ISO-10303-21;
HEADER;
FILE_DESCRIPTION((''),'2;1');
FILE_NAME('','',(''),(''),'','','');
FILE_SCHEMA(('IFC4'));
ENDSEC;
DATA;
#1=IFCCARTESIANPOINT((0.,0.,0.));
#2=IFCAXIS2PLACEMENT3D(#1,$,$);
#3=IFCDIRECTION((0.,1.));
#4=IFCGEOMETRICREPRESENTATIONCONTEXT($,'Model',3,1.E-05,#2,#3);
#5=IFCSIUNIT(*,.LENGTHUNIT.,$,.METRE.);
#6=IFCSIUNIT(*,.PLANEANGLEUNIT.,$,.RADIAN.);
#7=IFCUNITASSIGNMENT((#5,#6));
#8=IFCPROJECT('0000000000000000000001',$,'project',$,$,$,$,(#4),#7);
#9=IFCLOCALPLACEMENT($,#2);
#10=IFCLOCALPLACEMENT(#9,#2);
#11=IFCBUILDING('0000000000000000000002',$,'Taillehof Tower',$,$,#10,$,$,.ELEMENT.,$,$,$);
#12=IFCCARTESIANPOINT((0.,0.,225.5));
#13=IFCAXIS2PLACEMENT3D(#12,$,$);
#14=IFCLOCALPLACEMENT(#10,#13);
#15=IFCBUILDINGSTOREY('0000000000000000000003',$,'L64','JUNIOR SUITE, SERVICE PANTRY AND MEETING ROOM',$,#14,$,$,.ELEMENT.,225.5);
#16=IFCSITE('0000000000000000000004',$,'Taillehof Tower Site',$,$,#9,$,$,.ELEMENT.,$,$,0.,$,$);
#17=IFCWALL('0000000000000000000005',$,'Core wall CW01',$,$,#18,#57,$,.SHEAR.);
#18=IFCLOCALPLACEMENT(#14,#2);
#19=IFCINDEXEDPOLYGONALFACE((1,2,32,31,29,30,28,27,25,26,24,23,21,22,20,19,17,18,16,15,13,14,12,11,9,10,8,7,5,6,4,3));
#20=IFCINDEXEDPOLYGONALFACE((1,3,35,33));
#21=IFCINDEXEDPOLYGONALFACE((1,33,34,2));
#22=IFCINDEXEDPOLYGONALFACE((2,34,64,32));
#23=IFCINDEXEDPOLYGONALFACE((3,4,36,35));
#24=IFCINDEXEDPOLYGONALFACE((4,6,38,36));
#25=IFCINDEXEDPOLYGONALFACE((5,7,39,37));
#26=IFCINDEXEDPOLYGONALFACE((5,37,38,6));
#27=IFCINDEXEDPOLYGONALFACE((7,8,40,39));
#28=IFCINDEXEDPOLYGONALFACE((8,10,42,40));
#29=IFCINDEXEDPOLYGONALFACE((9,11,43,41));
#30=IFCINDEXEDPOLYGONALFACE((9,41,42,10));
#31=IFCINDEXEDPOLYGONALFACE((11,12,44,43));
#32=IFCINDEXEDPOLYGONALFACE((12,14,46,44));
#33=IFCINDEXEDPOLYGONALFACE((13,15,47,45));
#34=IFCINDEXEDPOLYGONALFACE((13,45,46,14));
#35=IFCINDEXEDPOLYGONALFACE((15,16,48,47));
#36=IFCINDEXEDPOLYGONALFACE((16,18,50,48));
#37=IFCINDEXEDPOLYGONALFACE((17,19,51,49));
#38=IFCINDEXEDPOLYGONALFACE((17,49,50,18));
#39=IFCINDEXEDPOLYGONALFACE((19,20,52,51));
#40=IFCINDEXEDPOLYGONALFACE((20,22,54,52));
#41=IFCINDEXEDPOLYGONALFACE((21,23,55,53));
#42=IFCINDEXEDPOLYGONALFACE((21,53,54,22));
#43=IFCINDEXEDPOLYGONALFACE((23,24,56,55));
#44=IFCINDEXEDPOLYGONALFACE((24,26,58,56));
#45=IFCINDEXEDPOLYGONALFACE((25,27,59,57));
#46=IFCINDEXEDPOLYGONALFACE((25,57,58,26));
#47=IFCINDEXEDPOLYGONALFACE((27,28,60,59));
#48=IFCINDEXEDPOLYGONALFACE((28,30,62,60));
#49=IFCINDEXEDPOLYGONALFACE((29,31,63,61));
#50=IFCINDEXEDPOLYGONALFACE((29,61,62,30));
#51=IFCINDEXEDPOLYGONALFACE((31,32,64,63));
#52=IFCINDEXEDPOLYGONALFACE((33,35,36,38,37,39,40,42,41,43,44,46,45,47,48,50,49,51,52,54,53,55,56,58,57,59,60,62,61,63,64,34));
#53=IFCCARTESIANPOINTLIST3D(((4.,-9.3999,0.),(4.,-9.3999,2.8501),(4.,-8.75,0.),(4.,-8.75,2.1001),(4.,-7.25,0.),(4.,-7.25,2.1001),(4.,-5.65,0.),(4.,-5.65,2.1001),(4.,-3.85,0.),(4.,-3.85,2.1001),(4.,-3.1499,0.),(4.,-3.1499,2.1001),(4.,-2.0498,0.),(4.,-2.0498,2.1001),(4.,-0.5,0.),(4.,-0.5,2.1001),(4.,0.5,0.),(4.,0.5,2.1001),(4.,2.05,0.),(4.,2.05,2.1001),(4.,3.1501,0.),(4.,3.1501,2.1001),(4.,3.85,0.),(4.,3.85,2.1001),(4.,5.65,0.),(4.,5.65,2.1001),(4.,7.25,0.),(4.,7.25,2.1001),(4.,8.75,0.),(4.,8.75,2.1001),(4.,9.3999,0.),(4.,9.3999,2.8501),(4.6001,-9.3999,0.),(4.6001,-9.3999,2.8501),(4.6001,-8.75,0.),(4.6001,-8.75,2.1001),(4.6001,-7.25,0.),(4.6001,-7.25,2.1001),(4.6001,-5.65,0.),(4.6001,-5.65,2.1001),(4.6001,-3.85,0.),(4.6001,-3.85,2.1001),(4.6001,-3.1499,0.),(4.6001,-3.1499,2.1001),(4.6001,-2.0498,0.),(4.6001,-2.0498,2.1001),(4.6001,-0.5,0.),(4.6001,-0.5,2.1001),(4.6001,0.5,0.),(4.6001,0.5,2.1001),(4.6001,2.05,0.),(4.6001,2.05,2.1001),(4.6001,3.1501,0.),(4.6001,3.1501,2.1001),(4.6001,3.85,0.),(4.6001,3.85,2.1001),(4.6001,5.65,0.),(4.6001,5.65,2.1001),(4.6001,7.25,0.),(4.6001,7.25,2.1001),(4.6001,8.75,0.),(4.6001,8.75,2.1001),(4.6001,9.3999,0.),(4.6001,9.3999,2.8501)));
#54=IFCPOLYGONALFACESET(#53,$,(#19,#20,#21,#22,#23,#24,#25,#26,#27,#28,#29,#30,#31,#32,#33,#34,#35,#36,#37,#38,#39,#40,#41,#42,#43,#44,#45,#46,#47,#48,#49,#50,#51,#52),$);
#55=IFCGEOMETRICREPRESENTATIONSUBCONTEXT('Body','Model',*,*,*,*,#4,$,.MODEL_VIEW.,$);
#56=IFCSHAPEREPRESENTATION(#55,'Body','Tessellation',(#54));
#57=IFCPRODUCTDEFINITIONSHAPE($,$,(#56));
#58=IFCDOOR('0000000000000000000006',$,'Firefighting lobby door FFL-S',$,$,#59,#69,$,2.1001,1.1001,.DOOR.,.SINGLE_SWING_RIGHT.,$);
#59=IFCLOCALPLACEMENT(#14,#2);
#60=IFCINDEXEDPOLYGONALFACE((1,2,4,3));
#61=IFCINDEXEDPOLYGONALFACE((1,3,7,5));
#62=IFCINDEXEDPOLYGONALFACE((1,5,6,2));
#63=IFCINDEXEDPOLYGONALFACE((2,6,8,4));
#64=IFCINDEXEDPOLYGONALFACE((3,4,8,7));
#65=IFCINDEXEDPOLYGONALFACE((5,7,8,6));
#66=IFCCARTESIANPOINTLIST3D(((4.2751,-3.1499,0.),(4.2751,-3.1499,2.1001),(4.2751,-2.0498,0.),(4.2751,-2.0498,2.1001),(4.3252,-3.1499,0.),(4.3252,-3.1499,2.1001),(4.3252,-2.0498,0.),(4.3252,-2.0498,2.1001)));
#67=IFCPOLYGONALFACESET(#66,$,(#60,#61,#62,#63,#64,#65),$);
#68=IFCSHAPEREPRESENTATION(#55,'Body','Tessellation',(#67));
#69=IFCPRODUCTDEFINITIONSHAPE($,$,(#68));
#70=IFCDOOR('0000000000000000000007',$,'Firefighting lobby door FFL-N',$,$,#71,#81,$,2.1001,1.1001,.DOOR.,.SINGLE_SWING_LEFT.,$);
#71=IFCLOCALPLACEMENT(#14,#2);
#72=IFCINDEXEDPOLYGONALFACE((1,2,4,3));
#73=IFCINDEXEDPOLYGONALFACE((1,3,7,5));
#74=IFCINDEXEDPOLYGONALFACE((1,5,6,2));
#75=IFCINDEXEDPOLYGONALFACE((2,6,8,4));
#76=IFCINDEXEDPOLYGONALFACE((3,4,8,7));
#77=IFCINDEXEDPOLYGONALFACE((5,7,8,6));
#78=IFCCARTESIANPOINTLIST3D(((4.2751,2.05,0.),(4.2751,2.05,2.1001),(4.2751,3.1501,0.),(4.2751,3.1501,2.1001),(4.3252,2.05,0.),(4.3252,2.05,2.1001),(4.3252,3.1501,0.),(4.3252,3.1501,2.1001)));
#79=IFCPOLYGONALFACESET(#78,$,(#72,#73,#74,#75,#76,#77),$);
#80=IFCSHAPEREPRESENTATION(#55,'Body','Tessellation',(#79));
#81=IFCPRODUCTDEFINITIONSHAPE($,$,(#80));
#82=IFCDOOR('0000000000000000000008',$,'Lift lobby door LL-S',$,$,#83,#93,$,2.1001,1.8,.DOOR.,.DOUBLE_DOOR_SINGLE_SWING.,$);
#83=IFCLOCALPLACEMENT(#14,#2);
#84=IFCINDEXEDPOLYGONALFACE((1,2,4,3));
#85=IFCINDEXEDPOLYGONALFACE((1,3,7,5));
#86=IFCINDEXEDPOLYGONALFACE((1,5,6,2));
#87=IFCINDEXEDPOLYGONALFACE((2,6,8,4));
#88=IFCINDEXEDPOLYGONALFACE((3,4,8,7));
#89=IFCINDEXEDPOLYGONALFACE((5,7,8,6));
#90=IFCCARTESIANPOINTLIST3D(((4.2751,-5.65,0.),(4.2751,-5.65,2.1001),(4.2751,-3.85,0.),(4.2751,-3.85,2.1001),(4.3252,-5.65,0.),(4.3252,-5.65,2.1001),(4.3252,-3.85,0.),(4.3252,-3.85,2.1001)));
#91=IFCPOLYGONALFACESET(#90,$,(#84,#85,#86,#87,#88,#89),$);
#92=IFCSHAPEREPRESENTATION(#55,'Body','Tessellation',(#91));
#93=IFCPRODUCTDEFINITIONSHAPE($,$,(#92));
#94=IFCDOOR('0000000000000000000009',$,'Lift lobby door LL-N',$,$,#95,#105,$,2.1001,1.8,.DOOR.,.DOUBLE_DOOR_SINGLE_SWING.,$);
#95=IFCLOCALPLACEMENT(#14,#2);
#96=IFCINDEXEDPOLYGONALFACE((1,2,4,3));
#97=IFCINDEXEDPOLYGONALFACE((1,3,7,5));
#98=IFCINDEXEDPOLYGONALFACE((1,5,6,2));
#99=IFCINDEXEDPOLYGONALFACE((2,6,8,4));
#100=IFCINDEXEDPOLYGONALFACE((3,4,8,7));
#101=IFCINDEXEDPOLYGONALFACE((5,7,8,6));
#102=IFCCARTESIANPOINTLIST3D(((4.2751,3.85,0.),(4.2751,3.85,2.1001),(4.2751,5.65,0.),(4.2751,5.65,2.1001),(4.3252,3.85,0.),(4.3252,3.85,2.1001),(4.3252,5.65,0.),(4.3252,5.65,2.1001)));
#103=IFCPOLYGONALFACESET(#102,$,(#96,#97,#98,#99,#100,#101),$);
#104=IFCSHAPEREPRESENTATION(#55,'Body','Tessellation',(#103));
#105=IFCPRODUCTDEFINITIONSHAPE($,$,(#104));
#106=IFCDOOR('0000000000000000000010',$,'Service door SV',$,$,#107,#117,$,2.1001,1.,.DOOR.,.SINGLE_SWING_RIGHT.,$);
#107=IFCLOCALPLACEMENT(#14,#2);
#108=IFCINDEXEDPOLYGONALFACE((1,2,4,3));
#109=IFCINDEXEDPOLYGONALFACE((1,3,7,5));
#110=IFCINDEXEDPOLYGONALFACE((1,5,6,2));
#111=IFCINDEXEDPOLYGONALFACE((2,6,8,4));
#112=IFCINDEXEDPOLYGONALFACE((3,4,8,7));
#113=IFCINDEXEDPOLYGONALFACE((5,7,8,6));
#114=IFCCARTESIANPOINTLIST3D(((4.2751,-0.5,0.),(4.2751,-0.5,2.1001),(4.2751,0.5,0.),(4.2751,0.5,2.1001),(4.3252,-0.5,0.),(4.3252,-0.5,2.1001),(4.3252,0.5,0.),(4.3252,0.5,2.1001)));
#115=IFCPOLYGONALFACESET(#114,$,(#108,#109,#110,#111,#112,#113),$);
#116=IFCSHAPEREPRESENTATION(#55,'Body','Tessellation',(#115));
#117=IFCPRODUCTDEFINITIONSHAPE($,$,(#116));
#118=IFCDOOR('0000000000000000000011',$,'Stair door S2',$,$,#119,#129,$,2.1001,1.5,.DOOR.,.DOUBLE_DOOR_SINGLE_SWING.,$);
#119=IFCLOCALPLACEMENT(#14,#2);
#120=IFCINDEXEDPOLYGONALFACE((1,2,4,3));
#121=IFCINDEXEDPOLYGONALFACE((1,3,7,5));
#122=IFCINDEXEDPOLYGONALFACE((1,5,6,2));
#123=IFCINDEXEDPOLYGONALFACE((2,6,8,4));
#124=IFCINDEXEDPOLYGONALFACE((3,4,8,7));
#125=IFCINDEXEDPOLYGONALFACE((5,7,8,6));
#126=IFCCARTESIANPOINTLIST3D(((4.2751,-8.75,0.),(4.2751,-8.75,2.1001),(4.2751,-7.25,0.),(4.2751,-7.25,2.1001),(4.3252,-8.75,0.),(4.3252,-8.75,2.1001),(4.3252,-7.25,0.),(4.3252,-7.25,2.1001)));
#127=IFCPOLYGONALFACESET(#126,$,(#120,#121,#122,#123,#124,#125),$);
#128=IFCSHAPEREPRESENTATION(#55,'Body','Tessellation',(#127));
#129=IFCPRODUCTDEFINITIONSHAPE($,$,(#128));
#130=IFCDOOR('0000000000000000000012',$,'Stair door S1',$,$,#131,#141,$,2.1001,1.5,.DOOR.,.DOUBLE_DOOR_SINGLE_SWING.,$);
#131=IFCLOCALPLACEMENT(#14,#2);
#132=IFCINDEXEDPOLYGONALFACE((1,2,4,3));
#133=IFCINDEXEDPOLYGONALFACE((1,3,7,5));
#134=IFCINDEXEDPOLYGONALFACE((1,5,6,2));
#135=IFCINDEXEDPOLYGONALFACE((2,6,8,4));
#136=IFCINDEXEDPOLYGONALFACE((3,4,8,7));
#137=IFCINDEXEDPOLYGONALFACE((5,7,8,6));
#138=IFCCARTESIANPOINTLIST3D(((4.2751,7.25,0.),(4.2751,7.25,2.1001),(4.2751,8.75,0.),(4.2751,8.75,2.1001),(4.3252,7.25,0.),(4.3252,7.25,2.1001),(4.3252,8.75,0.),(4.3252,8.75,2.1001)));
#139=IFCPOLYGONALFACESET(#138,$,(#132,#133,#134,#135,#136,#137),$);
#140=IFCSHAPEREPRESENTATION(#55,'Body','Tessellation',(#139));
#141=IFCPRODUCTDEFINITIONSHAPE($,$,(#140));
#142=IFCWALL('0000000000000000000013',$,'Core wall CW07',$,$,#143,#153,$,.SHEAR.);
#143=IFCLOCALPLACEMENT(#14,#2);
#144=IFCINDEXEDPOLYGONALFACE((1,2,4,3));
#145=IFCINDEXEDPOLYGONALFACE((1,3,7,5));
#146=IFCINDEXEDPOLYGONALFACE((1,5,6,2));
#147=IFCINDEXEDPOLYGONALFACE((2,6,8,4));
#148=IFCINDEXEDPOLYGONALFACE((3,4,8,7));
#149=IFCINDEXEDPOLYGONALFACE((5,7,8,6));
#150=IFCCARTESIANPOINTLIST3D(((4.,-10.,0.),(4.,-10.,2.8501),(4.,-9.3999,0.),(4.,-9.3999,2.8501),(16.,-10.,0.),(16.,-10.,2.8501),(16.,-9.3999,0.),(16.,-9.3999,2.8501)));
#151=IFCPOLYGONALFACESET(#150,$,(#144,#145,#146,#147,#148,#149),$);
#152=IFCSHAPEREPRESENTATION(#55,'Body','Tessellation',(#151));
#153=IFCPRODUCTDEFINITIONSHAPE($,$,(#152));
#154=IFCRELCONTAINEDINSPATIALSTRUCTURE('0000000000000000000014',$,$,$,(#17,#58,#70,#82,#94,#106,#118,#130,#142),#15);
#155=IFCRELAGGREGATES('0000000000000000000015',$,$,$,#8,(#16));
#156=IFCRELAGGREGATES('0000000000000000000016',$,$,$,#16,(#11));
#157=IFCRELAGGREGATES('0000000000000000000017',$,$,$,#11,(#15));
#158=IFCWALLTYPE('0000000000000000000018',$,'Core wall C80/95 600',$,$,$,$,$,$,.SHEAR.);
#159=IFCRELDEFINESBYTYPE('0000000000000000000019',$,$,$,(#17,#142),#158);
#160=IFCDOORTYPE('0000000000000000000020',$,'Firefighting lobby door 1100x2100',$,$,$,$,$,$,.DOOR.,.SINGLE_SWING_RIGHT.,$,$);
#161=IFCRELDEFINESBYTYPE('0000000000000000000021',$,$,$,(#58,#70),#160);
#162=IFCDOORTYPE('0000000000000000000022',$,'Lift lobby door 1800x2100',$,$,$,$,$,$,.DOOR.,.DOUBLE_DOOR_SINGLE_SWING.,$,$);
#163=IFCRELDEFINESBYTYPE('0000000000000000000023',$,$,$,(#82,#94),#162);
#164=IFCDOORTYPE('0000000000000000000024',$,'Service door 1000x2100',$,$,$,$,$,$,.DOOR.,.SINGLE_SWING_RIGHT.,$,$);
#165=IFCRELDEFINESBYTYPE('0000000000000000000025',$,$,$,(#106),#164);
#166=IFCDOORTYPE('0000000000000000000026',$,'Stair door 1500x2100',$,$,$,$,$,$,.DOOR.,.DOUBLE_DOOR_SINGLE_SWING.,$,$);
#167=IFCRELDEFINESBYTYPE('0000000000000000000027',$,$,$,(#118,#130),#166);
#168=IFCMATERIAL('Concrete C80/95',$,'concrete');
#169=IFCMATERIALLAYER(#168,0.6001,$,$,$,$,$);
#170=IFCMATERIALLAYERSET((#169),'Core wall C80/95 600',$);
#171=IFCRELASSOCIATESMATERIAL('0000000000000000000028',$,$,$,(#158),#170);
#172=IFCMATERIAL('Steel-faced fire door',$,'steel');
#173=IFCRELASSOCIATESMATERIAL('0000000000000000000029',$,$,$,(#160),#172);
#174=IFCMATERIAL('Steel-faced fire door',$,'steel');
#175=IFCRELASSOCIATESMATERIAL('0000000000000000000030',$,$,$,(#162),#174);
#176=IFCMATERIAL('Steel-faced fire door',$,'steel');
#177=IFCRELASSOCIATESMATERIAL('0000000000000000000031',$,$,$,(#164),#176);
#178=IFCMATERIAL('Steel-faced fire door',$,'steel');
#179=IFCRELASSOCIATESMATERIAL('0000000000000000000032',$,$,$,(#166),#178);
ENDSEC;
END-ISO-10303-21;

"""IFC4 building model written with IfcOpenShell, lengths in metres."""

from ifc_helpers import new_model, si_unit, direction, frame, frame_2d, origin, place, context, subcontext, project, spatial, rectangle, extrude, material, layer, layer_set, type_object, element, fill, save


model = new_model("IFC4")

# Units and contexts
model_context = context("Model", 3, precision=1e-05, world=origin(), true_north=direction((0.0, 1.0)))
body_context = subcontext(model_context, "Body", "Model", "MODEL_VIEW")
ifc_project = project(units=[si_unit("LENGTHUNIT", "METRE"), si_unit("PLANEANGLEUNIT", "RADIAN")], contexts=[model_context])

# Site, building, storey
site_placement = place(None, origin())
site = spatial("IfcSite", under=ifc_project, at=site_placement, Name="Taillehof Tower Site", CompositionType="ELEMENT", RefElevation=0.0)
building_placement = place(site_placement, origin())
building = spatial("IfcBuilding", under=site, at=building_placement, Name="Taillehof Tower", CompositionType="ELEMENT")
storey_placement = place(building_placement, frame((0.0, 0.0, 225.5)))
storey = spatial("IfcBuildingStorey", under=building, at=storey_placement, Name="L64", Description="JUNIOR SUITE, SERVICE PANTRY AND MEETING ROOM", CompositionType="ELEMENT", Elevation=225.5)

# Wall, openings, doors
ifc_material_1 = material(Name="Concrete C80/95", Category="concrete")
ifc_layer_1 = layer(ifc_material_1, 0.6001)
ifc_layer_set_1 = layer_set([ifc_layer_1], Name="Core wall C80/95 600")
wall_type_1 = type_object("IfcWallType", Name="Core wall C80/95 600", PredefinedType="SHEAR", material=ifc_layer_set_1)
wall_1_placement = place(storey_placement, frame((4.3, -9.3999, 0.0), z_axis=(0.0, 0.0, 1.0), x_axis=(0.0, 1.0, 0.0)))
wall_1 = element("IfcWall", 1, at=wall_1_placement, inside=storey, type_object=wall_type_1, Name="Core wall CW01", PredefinedType="SHEAR", context=body_context, shape_type="SweptSolid", body=[
    extrude(rectangle(XDim=18.7998, YDim=0.6001, at=frame_2d((9.3999, 0.0))), origin(), (0.0, 0.0, 1.0), 2.8501),
])
opening_1_placement = place(wall_1_placement, frame((0.6499, 0.0, 0.0)))
opening_1 = element("IfcOpeningElement", 2, at=opening_1_placement, cuts=wall_1, PredefinedType="OPENING", context=body_context, shape_type="SweptSolid", body=[
    extrude(rectangle(XDim=1.5, YDim=2.1001, at=frame_2d((0.75, 1.05))), frame((0.0, 0.3101, 0.0), z_axis=(0.0, -1.0, 0.0), x_axis=(1.0, 0.0, 0.0)), (0.0, 0.0, 1.0), 0.6201),
])
opening_2_placement = place(wall_1_placement, frame((3.75, 0.0, 0.0)))
opening_2 = element("IfcOpeningElement", 3, at=opening_2_placement, cuts=wall_1, PredefinedType="OPENING", context=body_context, shape_type="SweptSolid", body=[
    extrude(rectangle(XDim=1.8, YDim=2.1001, at=frame_2d((0.8999, 1.05))), frame((0.0, 0.3101, 0.0), z_axis=(0.0, -1.0, 0.0), x_axis=(1.0, 0.0, 0.0)), (0.0, 0.0, 1.0), 0.6201),
])
opening_3_placement = place(wall_1_placement, frame((6.25, 0.0, 0.0)))
opening_3 = element("IfcOpeningElement", 4, at=opening_3_placement, cuts=wall_1, PredefinedType="OPENING", context=body_context, shape_type="SweptSolid", body=[
    extrude(rectangle(XDim=1.1001, YDim=2.1001, at=frame_2d((0.55, 1.05))), frame((0.0, 0.3101, 0.0), z_axis=(0.0, -1.0, 0.0), x_axis=(1.0, 0.0, 0.0)), (0.0, 0.0, 1.0), 0.6201),
])
opening_4_placement = place(wall_1_placement, frame((8.8999, 0.0, 0.0)))
opening_4 = element("IfcOpeningElement", 5, at=opening_4_placement, cuts=wall_1, PredefinedType="OPENING", context=body_context, shape_type="SweptSolid", body=[
    extrude(rectangle(XDim=1.0, YDim=2.1001, at=frame_2d((0.5, 1.05))), frame((0.0, 0.3101, 0.0), z_axis=(0.0, -1.0, 0.0), x_axis=(1.0, 0.0, 0.0)), (0.0, 0.0, 1.0), 0.6201),
])
opening_5_placement = place(wall_1_placement, frame((11.45, 0.0, 0.0)))
opening_5 = element("IfcOpeningElement", 6, at=opening_5_placement, cuts=wall_1, PredefinedType="OPENING", context=body_context, shape_type="SweptSolid", body=[
    extrude(rectangle(XDim=1.1001, YDim=2.1001, at=frame_2d((0.55, 1.05))), frame((0.0, 0.3101, 0.0), z_axis=(0.0, -1.0, 0.0), x_axis=(1.0, 0.0, 0.0)), (0.0, 0.0, 1.0), 0.6201),
])
opening_6_placement = place(wall_1_placement, frame((13.25, 0.0, 0.0)))
opening_6 = element("IfcOpeningElement", 7, at=opening_6_placement, cuts=wall_1, PredefinedType="OPENING", context=body_context, shape_type="SweptSolid", body=[
    extrude(rectangle(XDim=1.8, YDim=2.1001, at=frame_2d((0.8999, 1.05))), frame((0.0, 0.3101, 0.0), z_axis=(0.0, -1.0, 0.0), x_axis=(1.0, 0.0, 0.0)), (0.0, 0.0, 1.0), 0.6201),
])
opening_7_placement = place(wall_1_placement, frame((16.6499, 0.0, 0.0)))
opening_7 = element("IfcOpeningElement", 8, at=opening_7_placement, cuts=wall_1, PredefinedType="OPENING", context=body_context, shape_type="SweptSolid", body=[
    extrude(rectangle(XDim=1.5, YDim=2.1001, at=frame_2d((0.75, 1.05))), frame((0.0, 0.3101, 0.0), z_axis=(0.0, -1.0, 0.0), x_axis=(1.0, 0.0, 0.0)), (0.0, 0.0, 1.0), 0.6201),
])
ifc_material_2 = material(Name="Steel-faced fire door", Category="steel")
door_type_1 = type_object("IfcDoorType", Name="Firefighting lobby door 1100x2100", OperationType="SINGLE_SWING_RIGHT", PredefinedType="DOOR", material=ifc_material_2)
door_1_placement = place(opening_3_placement, origin())
door_1 = element("IfcDoor", 9, at=door_1_placement, inside=storey, type_object=door_type_1, Name="Firefighting lobby door FFL-S", OperationType="SINGLE_SWING_RIGHT", OverallHeight=2.1001, OverallWidth=1.1001, PredefinedType="DOOR", context=body_context, shape_type="SweptSolid", body=[
    extrude(rectangle(XDim=1.1001, YDim=2.1001, at=frame_2d((0.55, 1.05))), frame((0.0, 0.0249, 0.0), z_axis=(0.0, -1.0, 0.0), x_axis=(1.0, 0.0, 0.0)), (0.0, 0.0, 1.0), 0.05),
])
fill(opening_3, door_1)
door_2_placement = place(opening_5_placement, origin())
door_2 = element("IfcDoor", 10, at=door_2_placement, inside=storey, type_object=door_type_1, Name="Firefighting lobby door FFL-N", OperationType="SINGLE_SWING_LEFT", OverallHeight=2.1001, OverallWidth=1.1001, PredefinedType="DOOR", context=body_context, shape_type="SweptSolid", body=[
    extrude(rectangle(XDim=1.1001, YDim=2.1001, at=frame_2d((0.55, 1.05))), frame((0.0, 0.0249, 0.0), z_axis=(0.0, -1.0, 0.0), x_axis=(1.0, 0.0, 0.0)), (0.0, 0.0, 1.0), 0.05),
])
fill(opening_5, door_2)
ifc_material_3 = material(Name="Steel-faced fire door", Category="steel")
door_type_2 = type_object("IfcDoorType", Name="Lift lobby door 1800x2100", OperationType="DOUBLE_DOOR_SINGLE_SWING", PredefinedType="DOOR", material=ifc_material_3)
door_3_placement = place(opening_2_placement, origin())
door_3 = element("IfcDoor", 11, at=door_3_placement, inside=storey, type_object=door_type_2, Name="Lift lobby door LL-S", OperationType="DOUBLE_DOOR_SINGLE_SWING", OverallHeight=2.1001, OverallWidth=1.8, PredefinedType="DOOR", context=body_context, shape_type="SweptSolid", body=[
    extrude(rectangle(XDim=1.8, YDim=2.1001, at=frame_2d((0.8999, 1.05))), frame((0.0, 0.0249, 0.0), z_axis=(0.0, -1.0, 0.0), x_axis=(1.0, 0.0, 0.0)), (0.0, 0.0, 1.0), 0.05),
])
fill(opening_2, door_3)
door_4_placement = place(opening_6_placement, origin())
door_4 = element("IfcDoor", 12, at=door_4_placement, inside=storey, type_object=door_type_2, Name="Lift lobby door LL-N", OperationType="DOUBLE_DOOR_SINGLE_SWING", OverallHeight=2.1001, OverallWidth=1.8, PredefinedType="DOOR", context=body_context, shape_type="SweptSolid", body=[
    extrude(rectangle(XDim=1.8, YDim=2.1001, at=frame_2d((0.8999, 1.05))), frame((0.0, 0.0249, 0.0), z_axis=(0.0, -1.0, 0.0), x_axis=(1.0, 0.0, 0.0)), (0.0, 0.0, 1.0), 0.05),
])
fill(opening_6, door_4)
ifc_material_4 = material(Name="Steel-faced fire door", Category="steel")
door_type_3 = type_object("IfcDoorType", Name="Service door 1000x2100", OperationType="SINGLE_SWING_RIGHT", PredefinedType="DOOR", material=ifc_material_4)
door_5_placement = place(opening_4_placement, origin())
door_5 = element("IfcDoor", 13, at=door_5_placement, inside=storey, type_object=door_type_3, Name="Service door SV", OperationType="SINGLE_SWING_RIGHT", OverallHeight=2.1001, OverallWidth=1.0, PredefinedType="DOOR", context=body_context, shape_type="SweptSolid", body=[
    extrude(rectangle(XDim=1.0, YDim=2.1001, at=frame_2d((0.5, 1.05))), frame((0.0, 0.0249, 0.0), z_axis=(0.0, -1.0, 0.0), x_axis=(1.0, 0.0, 0.0)), (0.0, 0.0, 1.0), 0.05),
])
fill(opening_4, door_5)
ifc_material_5 = material(Name="Steel-faced fire door", Category="steel")
door_type_4 = type_object("IfcDoorType", Name="Stair door 1500x2100", OperationType="DOUBLE_DOOR_SINGLE_SWING", PredefinedType="DOOR", material=ifc_material_5)
door_6_placement = place(opening_1_placement, origin())
door_6 = element("IfcDoor", 14, at=door_6_placement, inside=storey, type_object=door_type_4, Name="Stair door S2", OperationType="DOUBLE_DOOR_SINGLE_SWING", OverallHeight=2.1001, OverallWidth=1.5, PredefinedType="DOOR", context=body_context, shape_type="SweptSolid", body=[
    extrude(rectangle(XDim=1.5, YDim=2.1001, at=frame_2d((0.75, 1.05))), frame((0.0, 0.0249, 0.0), z_axis=(0.0, -1.0, 0.0), x_axis=(1.0, 0.0, 0.0)), (0.0, 0.0, 1.0), 0.05),
])
fill(opening_1, door_6)
door_7_placement = place(opening_7_placement, origin())
door_7 = element("IfcDoor", 15, at=door_7_placement, inside=storey, type_object=door_type_4, Name="Stair door S1", OperationType="DOUBLE_DOOR_SINGLE_SWING", OverallHeight=2.1001, OverallWidth=1.5, PredefinedType="DOOR", context=body_context, shape_type="SweptSolid", body=[
    extrude(rectangle(XDim=1.5, YDim=2.1001, at=frame_2d((0.75, 1.05))), frame((0.0, 0.0249, 0.0), z_axis=(0.0, -1.0, 0.0), x_axis=(1.0, 0.0, 0.0)), (0.0, 0.0, 1.0), 0.05),
])
fill(opening_7, door_7)

# Wall
wall_2_placement = place(storey_placement, frame((4.0, -9.7, 0.0), z_axis=(0.0, 0.0, 1.0), x_axis=(1.0, 0.0, 0.0)))
element("IfcWall", 16, at=wall_2_placement, inside=storey, type_object=wall_type_1, Name="Core wall CW07", PredefinedType="SHEAR", context=body_context, shape_type="SweptSolid", body=[
    extrude(rectangle(XDim=12.0, YDim=0.6001, at=frame_2d((6.0, 0.0))), origin(), (0.0, 0.0, 1.0), 2.8501),
])

save(model, "model.ifc")
